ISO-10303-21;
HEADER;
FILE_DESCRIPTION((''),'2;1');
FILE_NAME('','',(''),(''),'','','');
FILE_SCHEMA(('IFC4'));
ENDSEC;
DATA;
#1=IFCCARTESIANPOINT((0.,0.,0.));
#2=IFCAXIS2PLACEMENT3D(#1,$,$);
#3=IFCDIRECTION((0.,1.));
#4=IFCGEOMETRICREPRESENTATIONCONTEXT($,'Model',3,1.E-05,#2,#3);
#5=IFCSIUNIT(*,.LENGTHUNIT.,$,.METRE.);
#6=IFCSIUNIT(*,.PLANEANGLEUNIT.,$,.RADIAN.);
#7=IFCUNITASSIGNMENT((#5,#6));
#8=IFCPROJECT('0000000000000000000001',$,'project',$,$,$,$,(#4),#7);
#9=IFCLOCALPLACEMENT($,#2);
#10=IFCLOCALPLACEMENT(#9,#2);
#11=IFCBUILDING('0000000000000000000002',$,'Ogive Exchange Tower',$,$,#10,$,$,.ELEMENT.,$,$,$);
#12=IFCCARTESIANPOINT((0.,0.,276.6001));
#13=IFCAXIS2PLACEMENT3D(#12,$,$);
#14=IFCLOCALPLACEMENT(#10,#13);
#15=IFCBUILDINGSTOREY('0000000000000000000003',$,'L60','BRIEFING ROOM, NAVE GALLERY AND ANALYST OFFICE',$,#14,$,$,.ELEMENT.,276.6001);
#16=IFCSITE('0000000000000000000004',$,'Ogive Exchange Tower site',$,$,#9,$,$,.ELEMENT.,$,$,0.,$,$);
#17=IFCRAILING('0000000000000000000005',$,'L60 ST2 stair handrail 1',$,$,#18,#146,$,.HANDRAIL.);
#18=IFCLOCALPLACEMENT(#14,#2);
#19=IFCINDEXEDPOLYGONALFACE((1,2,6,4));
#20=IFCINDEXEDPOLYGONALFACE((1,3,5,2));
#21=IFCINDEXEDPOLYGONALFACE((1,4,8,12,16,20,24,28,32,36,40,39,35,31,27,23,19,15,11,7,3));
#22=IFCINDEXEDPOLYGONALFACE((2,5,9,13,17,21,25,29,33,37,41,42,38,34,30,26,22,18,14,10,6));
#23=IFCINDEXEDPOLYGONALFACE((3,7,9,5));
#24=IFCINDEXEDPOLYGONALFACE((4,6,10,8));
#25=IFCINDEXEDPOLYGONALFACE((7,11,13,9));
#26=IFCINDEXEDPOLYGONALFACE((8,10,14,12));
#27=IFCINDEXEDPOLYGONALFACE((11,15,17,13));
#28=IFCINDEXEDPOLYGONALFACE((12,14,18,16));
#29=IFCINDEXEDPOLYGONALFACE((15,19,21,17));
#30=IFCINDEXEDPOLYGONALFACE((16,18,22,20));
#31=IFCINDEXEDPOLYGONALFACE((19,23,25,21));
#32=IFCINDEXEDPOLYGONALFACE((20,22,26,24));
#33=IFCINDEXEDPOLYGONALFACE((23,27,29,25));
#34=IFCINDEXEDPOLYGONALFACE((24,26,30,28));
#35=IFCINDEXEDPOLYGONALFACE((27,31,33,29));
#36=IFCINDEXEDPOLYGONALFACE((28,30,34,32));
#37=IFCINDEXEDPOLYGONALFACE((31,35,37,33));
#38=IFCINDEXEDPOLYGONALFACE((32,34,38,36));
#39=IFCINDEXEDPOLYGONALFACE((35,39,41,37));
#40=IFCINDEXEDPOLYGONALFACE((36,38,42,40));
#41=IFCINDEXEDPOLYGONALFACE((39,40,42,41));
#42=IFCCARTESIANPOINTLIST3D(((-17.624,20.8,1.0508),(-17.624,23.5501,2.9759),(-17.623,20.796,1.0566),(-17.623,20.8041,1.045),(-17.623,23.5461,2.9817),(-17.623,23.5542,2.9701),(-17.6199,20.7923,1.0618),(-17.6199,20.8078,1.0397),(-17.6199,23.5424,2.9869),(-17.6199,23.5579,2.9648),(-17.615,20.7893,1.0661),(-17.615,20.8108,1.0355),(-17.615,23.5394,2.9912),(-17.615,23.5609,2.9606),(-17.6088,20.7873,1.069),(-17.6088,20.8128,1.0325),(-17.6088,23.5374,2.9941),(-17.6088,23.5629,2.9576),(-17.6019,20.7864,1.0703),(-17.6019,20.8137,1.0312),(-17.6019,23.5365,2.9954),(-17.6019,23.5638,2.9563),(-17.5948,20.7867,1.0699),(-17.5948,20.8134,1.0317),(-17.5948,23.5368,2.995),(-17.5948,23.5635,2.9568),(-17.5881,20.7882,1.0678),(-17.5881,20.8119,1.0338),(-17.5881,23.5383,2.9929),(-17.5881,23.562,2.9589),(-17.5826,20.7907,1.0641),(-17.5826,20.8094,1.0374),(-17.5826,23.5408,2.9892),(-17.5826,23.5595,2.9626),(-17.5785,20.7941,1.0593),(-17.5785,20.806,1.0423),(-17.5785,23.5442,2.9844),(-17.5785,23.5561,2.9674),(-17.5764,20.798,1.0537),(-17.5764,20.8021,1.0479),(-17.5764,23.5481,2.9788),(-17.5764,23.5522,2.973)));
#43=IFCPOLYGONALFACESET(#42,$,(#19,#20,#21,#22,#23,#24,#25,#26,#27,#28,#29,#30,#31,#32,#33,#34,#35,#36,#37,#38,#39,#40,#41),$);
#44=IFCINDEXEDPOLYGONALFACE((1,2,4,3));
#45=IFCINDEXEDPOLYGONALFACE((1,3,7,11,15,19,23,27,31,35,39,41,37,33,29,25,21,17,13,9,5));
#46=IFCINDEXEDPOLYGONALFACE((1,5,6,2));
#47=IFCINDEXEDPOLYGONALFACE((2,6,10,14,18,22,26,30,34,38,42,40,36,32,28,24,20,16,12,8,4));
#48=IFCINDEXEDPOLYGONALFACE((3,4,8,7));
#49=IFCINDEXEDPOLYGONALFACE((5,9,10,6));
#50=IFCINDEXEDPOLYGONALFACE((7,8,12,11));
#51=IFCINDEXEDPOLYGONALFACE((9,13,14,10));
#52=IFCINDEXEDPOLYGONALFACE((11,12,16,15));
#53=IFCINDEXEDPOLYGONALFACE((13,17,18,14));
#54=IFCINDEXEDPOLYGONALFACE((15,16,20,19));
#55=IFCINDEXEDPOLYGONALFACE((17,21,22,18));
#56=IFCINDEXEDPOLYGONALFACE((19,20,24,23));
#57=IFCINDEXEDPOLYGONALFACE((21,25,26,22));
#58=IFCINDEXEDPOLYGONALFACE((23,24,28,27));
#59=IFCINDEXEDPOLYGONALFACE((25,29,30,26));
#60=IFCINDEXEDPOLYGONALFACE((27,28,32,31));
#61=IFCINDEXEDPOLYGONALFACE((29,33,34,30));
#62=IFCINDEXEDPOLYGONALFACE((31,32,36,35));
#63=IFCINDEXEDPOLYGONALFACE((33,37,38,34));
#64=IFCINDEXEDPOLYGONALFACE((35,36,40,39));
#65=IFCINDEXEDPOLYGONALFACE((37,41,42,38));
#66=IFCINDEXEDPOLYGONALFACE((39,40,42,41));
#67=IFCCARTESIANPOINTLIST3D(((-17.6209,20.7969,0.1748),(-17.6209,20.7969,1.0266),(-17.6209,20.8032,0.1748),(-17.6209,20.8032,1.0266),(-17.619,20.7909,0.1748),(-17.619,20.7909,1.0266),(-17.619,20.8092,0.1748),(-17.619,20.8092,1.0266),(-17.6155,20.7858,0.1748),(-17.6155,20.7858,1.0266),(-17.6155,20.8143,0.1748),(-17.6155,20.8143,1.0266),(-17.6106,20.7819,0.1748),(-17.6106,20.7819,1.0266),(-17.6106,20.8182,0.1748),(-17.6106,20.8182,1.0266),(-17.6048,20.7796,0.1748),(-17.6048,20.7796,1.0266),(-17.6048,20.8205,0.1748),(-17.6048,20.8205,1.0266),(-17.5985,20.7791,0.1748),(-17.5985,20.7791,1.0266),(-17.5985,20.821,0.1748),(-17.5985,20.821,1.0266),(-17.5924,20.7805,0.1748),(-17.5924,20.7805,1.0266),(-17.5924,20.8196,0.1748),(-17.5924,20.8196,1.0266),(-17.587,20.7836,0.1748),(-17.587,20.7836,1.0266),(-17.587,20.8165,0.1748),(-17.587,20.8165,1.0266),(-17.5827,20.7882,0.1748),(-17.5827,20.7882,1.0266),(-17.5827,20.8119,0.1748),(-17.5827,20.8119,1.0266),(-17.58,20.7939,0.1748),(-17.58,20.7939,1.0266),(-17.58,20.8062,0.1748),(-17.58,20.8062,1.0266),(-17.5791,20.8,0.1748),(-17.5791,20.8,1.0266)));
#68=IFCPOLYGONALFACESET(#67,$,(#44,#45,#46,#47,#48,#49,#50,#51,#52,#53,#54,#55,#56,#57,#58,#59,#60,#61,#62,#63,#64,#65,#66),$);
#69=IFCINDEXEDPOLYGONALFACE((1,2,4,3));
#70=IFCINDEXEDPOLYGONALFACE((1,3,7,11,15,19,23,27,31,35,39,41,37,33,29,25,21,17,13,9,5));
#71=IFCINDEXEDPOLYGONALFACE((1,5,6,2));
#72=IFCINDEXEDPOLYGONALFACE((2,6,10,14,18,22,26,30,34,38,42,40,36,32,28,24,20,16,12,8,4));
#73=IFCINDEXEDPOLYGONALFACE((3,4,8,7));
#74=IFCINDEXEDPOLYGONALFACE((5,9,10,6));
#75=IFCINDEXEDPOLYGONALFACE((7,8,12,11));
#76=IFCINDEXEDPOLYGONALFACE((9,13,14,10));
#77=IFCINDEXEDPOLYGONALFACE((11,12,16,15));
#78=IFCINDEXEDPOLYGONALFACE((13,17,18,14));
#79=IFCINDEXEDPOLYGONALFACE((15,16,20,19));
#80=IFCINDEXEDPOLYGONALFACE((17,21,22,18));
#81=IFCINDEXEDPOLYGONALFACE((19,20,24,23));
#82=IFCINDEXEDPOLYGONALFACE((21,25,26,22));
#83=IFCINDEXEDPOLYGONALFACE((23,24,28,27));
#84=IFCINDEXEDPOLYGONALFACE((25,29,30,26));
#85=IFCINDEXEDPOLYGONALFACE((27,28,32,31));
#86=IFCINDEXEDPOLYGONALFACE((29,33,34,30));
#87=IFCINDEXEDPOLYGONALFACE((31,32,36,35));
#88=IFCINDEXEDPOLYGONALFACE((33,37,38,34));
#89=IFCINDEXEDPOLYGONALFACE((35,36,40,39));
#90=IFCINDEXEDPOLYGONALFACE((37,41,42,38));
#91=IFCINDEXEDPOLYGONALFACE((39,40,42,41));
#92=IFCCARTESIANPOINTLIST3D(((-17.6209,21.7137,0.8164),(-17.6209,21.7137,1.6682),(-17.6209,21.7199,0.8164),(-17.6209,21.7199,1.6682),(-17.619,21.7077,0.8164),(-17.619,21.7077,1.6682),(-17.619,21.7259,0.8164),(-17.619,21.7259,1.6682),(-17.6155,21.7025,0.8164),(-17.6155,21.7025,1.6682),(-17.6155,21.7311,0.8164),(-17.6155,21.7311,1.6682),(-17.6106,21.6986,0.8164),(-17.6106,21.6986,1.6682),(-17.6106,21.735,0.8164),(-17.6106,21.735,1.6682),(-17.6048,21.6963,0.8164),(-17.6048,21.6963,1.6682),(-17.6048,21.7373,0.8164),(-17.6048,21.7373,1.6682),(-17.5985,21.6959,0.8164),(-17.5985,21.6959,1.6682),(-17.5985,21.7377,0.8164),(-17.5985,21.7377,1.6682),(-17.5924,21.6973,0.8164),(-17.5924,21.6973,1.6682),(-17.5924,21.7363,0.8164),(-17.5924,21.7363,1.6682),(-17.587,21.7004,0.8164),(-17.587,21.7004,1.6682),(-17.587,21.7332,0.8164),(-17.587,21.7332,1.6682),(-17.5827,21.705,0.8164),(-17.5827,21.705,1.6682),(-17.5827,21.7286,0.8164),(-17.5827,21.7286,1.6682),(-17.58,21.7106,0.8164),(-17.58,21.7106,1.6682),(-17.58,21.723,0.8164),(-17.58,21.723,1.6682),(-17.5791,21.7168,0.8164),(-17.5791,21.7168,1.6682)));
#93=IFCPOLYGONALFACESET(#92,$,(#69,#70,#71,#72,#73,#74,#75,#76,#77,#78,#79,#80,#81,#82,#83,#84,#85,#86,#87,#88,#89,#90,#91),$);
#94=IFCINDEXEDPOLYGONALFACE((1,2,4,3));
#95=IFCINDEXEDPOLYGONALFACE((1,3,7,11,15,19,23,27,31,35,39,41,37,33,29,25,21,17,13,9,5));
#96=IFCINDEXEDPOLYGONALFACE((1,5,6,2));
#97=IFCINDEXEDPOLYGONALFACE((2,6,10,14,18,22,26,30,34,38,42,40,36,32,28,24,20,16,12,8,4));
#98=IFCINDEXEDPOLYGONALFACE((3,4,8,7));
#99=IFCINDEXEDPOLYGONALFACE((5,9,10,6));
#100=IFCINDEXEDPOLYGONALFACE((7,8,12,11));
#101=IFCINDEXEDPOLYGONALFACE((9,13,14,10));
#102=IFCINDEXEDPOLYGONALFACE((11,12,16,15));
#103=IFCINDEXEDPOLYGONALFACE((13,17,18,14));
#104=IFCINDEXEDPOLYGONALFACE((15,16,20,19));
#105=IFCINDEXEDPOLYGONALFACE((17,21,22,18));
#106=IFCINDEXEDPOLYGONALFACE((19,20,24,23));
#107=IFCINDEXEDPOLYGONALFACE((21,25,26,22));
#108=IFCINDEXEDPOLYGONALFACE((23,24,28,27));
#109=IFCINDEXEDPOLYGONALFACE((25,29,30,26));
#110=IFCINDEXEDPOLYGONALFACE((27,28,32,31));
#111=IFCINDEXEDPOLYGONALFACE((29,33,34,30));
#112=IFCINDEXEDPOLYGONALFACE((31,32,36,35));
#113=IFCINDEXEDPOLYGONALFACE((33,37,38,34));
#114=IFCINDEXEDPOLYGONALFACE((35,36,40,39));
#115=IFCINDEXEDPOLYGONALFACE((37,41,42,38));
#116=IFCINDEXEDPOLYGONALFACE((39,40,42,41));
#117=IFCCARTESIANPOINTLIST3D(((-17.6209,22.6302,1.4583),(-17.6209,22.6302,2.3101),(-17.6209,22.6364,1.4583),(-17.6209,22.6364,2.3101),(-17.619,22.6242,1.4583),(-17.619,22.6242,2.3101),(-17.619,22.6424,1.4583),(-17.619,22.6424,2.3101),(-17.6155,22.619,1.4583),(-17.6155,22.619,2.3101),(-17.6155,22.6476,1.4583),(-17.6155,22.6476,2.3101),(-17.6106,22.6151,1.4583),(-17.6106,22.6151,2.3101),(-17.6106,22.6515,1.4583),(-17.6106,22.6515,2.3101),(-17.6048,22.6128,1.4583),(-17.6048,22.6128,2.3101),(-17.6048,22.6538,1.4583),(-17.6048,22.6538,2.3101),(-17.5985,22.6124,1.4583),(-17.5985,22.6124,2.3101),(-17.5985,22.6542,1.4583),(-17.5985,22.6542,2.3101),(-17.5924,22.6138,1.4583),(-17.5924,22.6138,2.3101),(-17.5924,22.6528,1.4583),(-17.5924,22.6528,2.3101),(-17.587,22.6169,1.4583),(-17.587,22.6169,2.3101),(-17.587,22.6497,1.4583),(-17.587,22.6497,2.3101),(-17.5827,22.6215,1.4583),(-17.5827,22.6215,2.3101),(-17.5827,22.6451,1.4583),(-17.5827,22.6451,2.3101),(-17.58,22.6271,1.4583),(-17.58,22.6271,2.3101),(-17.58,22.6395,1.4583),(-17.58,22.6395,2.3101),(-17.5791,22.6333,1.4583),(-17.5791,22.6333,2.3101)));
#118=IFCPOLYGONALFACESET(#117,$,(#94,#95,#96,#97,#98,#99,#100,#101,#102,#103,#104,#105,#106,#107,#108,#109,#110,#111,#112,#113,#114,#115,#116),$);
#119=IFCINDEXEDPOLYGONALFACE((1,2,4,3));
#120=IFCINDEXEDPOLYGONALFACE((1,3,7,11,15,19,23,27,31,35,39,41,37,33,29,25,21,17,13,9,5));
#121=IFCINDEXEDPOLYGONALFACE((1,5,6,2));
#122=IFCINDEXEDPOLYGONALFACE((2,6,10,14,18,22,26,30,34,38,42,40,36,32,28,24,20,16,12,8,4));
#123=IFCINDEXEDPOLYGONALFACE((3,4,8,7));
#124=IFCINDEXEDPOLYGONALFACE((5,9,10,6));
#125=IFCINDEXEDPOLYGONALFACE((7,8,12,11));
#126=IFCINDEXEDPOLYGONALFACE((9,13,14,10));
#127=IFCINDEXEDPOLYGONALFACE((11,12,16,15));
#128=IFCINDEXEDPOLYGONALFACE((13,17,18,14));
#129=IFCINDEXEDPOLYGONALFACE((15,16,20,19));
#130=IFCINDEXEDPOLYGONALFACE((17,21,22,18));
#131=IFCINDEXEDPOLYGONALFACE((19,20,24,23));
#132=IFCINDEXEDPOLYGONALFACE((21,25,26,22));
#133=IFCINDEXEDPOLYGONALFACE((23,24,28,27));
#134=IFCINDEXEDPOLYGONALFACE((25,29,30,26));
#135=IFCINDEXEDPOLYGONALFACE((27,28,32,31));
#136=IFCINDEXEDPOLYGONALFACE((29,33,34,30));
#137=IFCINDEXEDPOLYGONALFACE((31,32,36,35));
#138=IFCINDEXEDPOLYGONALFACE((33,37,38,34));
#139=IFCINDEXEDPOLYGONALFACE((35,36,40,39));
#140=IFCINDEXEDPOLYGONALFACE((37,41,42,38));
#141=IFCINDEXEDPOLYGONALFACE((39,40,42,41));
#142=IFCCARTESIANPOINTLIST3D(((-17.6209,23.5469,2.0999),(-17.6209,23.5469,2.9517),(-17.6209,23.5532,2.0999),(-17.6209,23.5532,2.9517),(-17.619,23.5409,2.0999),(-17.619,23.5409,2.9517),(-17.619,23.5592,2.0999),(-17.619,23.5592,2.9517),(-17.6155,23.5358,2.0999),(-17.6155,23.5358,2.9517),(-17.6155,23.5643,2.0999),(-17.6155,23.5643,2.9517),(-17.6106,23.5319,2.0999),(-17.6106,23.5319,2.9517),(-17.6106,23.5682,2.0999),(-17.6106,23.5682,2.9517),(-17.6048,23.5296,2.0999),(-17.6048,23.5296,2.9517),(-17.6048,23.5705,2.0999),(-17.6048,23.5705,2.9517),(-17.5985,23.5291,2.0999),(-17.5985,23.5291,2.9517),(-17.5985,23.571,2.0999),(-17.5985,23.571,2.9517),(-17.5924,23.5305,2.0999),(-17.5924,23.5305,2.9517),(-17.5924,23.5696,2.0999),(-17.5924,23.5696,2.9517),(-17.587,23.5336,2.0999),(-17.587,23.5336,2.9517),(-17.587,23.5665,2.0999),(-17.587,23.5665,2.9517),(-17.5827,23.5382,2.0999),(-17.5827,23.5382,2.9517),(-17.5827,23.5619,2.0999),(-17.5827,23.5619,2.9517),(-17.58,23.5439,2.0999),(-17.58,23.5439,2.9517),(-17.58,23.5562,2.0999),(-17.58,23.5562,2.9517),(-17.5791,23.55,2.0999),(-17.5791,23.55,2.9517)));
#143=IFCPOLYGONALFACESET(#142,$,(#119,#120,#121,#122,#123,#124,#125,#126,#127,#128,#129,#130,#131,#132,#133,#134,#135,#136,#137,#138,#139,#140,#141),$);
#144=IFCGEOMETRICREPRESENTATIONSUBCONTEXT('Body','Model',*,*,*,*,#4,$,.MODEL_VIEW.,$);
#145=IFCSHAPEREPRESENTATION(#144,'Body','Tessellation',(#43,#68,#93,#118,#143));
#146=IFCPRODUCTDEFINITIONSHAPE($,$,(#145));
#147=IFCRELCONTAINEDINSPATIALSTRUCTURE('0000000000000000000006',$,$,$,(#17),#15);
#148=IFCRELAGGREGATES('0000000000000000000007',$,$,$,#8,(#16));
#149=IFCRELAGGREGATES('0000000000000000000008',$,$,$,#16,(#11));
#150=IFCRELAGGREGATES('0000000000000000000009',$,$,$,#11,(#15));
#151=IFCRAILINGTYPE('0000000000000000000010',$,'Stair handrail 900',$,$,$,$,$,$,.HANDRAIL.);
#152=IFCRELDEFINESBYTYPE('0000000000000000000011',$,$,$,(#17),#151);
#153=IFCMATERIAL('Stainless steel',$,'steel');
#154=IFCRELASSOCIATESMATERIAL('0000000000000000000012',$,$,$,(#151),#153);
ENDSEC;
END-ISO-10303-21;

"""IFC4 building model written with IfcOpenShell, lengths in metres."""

from ifc_helpers import new_model, si_unit, direction, frame, origin, origin_2d, place, context, subcontext, project, spatial, circle, extrude, material, type_object, element, save


model = new_model("IFC4")

# Units and contexts
model_context = context("Model", 3, precision=1e-05, world=origin(), true_north=direction((0.0, 1.0)))
body_context = subcontext(model_context, "Body", "Model", "MODEL_VIEW")
ifc_project = project(units=[si_unit("LENGTHUNIT", "METRE"), si_unit("PLANEANGLEUNIT", "RADIAN")], contexts=[model_context])

# Site, building, storey
site_placement = place(None, origin())
site = spatial("IfcSite", under=ifc_project, at=site_placement, Name="Ogive Exchange Tower site", CompositionType="ELEMENT", RefElevation=0.0)
building_placement = place(site_placement, origin())
building = spatial("IfcBuilding", under=site, at=building_placement, Name="Ogive Exchange Tower", CompositionType="ELEMENT")
storey_placement = place(building_placement, frame((0.0, 0.0, 276.6001)))
storey = spatial("IfcBuildingStorey", under=building, at=storey_placement, Name="L60", Description="BRIEFING ROOM, NAVE GALLERY AND ANALYST OFFICE", CompositionType="ELEMENT", Elevation=276.6001)

# Railing
ifc_material_1 = material(Name="Stainless steel", Category="steel")
railing_type = type_object("IfcRailingType", Name="Stair handrail 900", PredefinedType="HANDRAIL", material=ifc_material_1)
railing_1_placement = place(storey_placement, frame((-17.6001, 20.8, 0.1748)))
element("IfcRailing", 1, at=railing_1_placement, inside=storey, type_object=railing_type, Name="L60 ST2 stair handrail 1", PredefinedType="HANDRAIL", context=body_context, shape_type="SweptSolid", body=[
    extrude(circle(Radius=0.0239, at=origin_2d()), frame((0.0, 0.0, 0.876), z_axis=(0.0, 0.819225, 0.573472), x_axis=(-1.0, 0.0, 0.0)), (0.0, 0.0, 1.0), 3.3569),
    extrude(circle(Radius=0.021, at=origin_2d()), origin(), (0.0, 0.0, 1.0), 0.8518),
    extrude(circle(Radius=0.021, at=origin_2d()), frame((0.0, 0.9167, 0.6416)), (0.0, 0.0, 1.0), 0.8518),
    extrude(circle(Radius=0.021, at=origin_2d()), frame((0.0, 1.8333, 1.2834)), (0.0, 0.0, 1.0), 0.8518),
    extrude(circle(Radius=0.021, at=origin_2d()), frame((0.0, 2.75, 1.925)), (0.0, 0.0, 1.0), 0.8518),
])

save(model, "model.ifc")
